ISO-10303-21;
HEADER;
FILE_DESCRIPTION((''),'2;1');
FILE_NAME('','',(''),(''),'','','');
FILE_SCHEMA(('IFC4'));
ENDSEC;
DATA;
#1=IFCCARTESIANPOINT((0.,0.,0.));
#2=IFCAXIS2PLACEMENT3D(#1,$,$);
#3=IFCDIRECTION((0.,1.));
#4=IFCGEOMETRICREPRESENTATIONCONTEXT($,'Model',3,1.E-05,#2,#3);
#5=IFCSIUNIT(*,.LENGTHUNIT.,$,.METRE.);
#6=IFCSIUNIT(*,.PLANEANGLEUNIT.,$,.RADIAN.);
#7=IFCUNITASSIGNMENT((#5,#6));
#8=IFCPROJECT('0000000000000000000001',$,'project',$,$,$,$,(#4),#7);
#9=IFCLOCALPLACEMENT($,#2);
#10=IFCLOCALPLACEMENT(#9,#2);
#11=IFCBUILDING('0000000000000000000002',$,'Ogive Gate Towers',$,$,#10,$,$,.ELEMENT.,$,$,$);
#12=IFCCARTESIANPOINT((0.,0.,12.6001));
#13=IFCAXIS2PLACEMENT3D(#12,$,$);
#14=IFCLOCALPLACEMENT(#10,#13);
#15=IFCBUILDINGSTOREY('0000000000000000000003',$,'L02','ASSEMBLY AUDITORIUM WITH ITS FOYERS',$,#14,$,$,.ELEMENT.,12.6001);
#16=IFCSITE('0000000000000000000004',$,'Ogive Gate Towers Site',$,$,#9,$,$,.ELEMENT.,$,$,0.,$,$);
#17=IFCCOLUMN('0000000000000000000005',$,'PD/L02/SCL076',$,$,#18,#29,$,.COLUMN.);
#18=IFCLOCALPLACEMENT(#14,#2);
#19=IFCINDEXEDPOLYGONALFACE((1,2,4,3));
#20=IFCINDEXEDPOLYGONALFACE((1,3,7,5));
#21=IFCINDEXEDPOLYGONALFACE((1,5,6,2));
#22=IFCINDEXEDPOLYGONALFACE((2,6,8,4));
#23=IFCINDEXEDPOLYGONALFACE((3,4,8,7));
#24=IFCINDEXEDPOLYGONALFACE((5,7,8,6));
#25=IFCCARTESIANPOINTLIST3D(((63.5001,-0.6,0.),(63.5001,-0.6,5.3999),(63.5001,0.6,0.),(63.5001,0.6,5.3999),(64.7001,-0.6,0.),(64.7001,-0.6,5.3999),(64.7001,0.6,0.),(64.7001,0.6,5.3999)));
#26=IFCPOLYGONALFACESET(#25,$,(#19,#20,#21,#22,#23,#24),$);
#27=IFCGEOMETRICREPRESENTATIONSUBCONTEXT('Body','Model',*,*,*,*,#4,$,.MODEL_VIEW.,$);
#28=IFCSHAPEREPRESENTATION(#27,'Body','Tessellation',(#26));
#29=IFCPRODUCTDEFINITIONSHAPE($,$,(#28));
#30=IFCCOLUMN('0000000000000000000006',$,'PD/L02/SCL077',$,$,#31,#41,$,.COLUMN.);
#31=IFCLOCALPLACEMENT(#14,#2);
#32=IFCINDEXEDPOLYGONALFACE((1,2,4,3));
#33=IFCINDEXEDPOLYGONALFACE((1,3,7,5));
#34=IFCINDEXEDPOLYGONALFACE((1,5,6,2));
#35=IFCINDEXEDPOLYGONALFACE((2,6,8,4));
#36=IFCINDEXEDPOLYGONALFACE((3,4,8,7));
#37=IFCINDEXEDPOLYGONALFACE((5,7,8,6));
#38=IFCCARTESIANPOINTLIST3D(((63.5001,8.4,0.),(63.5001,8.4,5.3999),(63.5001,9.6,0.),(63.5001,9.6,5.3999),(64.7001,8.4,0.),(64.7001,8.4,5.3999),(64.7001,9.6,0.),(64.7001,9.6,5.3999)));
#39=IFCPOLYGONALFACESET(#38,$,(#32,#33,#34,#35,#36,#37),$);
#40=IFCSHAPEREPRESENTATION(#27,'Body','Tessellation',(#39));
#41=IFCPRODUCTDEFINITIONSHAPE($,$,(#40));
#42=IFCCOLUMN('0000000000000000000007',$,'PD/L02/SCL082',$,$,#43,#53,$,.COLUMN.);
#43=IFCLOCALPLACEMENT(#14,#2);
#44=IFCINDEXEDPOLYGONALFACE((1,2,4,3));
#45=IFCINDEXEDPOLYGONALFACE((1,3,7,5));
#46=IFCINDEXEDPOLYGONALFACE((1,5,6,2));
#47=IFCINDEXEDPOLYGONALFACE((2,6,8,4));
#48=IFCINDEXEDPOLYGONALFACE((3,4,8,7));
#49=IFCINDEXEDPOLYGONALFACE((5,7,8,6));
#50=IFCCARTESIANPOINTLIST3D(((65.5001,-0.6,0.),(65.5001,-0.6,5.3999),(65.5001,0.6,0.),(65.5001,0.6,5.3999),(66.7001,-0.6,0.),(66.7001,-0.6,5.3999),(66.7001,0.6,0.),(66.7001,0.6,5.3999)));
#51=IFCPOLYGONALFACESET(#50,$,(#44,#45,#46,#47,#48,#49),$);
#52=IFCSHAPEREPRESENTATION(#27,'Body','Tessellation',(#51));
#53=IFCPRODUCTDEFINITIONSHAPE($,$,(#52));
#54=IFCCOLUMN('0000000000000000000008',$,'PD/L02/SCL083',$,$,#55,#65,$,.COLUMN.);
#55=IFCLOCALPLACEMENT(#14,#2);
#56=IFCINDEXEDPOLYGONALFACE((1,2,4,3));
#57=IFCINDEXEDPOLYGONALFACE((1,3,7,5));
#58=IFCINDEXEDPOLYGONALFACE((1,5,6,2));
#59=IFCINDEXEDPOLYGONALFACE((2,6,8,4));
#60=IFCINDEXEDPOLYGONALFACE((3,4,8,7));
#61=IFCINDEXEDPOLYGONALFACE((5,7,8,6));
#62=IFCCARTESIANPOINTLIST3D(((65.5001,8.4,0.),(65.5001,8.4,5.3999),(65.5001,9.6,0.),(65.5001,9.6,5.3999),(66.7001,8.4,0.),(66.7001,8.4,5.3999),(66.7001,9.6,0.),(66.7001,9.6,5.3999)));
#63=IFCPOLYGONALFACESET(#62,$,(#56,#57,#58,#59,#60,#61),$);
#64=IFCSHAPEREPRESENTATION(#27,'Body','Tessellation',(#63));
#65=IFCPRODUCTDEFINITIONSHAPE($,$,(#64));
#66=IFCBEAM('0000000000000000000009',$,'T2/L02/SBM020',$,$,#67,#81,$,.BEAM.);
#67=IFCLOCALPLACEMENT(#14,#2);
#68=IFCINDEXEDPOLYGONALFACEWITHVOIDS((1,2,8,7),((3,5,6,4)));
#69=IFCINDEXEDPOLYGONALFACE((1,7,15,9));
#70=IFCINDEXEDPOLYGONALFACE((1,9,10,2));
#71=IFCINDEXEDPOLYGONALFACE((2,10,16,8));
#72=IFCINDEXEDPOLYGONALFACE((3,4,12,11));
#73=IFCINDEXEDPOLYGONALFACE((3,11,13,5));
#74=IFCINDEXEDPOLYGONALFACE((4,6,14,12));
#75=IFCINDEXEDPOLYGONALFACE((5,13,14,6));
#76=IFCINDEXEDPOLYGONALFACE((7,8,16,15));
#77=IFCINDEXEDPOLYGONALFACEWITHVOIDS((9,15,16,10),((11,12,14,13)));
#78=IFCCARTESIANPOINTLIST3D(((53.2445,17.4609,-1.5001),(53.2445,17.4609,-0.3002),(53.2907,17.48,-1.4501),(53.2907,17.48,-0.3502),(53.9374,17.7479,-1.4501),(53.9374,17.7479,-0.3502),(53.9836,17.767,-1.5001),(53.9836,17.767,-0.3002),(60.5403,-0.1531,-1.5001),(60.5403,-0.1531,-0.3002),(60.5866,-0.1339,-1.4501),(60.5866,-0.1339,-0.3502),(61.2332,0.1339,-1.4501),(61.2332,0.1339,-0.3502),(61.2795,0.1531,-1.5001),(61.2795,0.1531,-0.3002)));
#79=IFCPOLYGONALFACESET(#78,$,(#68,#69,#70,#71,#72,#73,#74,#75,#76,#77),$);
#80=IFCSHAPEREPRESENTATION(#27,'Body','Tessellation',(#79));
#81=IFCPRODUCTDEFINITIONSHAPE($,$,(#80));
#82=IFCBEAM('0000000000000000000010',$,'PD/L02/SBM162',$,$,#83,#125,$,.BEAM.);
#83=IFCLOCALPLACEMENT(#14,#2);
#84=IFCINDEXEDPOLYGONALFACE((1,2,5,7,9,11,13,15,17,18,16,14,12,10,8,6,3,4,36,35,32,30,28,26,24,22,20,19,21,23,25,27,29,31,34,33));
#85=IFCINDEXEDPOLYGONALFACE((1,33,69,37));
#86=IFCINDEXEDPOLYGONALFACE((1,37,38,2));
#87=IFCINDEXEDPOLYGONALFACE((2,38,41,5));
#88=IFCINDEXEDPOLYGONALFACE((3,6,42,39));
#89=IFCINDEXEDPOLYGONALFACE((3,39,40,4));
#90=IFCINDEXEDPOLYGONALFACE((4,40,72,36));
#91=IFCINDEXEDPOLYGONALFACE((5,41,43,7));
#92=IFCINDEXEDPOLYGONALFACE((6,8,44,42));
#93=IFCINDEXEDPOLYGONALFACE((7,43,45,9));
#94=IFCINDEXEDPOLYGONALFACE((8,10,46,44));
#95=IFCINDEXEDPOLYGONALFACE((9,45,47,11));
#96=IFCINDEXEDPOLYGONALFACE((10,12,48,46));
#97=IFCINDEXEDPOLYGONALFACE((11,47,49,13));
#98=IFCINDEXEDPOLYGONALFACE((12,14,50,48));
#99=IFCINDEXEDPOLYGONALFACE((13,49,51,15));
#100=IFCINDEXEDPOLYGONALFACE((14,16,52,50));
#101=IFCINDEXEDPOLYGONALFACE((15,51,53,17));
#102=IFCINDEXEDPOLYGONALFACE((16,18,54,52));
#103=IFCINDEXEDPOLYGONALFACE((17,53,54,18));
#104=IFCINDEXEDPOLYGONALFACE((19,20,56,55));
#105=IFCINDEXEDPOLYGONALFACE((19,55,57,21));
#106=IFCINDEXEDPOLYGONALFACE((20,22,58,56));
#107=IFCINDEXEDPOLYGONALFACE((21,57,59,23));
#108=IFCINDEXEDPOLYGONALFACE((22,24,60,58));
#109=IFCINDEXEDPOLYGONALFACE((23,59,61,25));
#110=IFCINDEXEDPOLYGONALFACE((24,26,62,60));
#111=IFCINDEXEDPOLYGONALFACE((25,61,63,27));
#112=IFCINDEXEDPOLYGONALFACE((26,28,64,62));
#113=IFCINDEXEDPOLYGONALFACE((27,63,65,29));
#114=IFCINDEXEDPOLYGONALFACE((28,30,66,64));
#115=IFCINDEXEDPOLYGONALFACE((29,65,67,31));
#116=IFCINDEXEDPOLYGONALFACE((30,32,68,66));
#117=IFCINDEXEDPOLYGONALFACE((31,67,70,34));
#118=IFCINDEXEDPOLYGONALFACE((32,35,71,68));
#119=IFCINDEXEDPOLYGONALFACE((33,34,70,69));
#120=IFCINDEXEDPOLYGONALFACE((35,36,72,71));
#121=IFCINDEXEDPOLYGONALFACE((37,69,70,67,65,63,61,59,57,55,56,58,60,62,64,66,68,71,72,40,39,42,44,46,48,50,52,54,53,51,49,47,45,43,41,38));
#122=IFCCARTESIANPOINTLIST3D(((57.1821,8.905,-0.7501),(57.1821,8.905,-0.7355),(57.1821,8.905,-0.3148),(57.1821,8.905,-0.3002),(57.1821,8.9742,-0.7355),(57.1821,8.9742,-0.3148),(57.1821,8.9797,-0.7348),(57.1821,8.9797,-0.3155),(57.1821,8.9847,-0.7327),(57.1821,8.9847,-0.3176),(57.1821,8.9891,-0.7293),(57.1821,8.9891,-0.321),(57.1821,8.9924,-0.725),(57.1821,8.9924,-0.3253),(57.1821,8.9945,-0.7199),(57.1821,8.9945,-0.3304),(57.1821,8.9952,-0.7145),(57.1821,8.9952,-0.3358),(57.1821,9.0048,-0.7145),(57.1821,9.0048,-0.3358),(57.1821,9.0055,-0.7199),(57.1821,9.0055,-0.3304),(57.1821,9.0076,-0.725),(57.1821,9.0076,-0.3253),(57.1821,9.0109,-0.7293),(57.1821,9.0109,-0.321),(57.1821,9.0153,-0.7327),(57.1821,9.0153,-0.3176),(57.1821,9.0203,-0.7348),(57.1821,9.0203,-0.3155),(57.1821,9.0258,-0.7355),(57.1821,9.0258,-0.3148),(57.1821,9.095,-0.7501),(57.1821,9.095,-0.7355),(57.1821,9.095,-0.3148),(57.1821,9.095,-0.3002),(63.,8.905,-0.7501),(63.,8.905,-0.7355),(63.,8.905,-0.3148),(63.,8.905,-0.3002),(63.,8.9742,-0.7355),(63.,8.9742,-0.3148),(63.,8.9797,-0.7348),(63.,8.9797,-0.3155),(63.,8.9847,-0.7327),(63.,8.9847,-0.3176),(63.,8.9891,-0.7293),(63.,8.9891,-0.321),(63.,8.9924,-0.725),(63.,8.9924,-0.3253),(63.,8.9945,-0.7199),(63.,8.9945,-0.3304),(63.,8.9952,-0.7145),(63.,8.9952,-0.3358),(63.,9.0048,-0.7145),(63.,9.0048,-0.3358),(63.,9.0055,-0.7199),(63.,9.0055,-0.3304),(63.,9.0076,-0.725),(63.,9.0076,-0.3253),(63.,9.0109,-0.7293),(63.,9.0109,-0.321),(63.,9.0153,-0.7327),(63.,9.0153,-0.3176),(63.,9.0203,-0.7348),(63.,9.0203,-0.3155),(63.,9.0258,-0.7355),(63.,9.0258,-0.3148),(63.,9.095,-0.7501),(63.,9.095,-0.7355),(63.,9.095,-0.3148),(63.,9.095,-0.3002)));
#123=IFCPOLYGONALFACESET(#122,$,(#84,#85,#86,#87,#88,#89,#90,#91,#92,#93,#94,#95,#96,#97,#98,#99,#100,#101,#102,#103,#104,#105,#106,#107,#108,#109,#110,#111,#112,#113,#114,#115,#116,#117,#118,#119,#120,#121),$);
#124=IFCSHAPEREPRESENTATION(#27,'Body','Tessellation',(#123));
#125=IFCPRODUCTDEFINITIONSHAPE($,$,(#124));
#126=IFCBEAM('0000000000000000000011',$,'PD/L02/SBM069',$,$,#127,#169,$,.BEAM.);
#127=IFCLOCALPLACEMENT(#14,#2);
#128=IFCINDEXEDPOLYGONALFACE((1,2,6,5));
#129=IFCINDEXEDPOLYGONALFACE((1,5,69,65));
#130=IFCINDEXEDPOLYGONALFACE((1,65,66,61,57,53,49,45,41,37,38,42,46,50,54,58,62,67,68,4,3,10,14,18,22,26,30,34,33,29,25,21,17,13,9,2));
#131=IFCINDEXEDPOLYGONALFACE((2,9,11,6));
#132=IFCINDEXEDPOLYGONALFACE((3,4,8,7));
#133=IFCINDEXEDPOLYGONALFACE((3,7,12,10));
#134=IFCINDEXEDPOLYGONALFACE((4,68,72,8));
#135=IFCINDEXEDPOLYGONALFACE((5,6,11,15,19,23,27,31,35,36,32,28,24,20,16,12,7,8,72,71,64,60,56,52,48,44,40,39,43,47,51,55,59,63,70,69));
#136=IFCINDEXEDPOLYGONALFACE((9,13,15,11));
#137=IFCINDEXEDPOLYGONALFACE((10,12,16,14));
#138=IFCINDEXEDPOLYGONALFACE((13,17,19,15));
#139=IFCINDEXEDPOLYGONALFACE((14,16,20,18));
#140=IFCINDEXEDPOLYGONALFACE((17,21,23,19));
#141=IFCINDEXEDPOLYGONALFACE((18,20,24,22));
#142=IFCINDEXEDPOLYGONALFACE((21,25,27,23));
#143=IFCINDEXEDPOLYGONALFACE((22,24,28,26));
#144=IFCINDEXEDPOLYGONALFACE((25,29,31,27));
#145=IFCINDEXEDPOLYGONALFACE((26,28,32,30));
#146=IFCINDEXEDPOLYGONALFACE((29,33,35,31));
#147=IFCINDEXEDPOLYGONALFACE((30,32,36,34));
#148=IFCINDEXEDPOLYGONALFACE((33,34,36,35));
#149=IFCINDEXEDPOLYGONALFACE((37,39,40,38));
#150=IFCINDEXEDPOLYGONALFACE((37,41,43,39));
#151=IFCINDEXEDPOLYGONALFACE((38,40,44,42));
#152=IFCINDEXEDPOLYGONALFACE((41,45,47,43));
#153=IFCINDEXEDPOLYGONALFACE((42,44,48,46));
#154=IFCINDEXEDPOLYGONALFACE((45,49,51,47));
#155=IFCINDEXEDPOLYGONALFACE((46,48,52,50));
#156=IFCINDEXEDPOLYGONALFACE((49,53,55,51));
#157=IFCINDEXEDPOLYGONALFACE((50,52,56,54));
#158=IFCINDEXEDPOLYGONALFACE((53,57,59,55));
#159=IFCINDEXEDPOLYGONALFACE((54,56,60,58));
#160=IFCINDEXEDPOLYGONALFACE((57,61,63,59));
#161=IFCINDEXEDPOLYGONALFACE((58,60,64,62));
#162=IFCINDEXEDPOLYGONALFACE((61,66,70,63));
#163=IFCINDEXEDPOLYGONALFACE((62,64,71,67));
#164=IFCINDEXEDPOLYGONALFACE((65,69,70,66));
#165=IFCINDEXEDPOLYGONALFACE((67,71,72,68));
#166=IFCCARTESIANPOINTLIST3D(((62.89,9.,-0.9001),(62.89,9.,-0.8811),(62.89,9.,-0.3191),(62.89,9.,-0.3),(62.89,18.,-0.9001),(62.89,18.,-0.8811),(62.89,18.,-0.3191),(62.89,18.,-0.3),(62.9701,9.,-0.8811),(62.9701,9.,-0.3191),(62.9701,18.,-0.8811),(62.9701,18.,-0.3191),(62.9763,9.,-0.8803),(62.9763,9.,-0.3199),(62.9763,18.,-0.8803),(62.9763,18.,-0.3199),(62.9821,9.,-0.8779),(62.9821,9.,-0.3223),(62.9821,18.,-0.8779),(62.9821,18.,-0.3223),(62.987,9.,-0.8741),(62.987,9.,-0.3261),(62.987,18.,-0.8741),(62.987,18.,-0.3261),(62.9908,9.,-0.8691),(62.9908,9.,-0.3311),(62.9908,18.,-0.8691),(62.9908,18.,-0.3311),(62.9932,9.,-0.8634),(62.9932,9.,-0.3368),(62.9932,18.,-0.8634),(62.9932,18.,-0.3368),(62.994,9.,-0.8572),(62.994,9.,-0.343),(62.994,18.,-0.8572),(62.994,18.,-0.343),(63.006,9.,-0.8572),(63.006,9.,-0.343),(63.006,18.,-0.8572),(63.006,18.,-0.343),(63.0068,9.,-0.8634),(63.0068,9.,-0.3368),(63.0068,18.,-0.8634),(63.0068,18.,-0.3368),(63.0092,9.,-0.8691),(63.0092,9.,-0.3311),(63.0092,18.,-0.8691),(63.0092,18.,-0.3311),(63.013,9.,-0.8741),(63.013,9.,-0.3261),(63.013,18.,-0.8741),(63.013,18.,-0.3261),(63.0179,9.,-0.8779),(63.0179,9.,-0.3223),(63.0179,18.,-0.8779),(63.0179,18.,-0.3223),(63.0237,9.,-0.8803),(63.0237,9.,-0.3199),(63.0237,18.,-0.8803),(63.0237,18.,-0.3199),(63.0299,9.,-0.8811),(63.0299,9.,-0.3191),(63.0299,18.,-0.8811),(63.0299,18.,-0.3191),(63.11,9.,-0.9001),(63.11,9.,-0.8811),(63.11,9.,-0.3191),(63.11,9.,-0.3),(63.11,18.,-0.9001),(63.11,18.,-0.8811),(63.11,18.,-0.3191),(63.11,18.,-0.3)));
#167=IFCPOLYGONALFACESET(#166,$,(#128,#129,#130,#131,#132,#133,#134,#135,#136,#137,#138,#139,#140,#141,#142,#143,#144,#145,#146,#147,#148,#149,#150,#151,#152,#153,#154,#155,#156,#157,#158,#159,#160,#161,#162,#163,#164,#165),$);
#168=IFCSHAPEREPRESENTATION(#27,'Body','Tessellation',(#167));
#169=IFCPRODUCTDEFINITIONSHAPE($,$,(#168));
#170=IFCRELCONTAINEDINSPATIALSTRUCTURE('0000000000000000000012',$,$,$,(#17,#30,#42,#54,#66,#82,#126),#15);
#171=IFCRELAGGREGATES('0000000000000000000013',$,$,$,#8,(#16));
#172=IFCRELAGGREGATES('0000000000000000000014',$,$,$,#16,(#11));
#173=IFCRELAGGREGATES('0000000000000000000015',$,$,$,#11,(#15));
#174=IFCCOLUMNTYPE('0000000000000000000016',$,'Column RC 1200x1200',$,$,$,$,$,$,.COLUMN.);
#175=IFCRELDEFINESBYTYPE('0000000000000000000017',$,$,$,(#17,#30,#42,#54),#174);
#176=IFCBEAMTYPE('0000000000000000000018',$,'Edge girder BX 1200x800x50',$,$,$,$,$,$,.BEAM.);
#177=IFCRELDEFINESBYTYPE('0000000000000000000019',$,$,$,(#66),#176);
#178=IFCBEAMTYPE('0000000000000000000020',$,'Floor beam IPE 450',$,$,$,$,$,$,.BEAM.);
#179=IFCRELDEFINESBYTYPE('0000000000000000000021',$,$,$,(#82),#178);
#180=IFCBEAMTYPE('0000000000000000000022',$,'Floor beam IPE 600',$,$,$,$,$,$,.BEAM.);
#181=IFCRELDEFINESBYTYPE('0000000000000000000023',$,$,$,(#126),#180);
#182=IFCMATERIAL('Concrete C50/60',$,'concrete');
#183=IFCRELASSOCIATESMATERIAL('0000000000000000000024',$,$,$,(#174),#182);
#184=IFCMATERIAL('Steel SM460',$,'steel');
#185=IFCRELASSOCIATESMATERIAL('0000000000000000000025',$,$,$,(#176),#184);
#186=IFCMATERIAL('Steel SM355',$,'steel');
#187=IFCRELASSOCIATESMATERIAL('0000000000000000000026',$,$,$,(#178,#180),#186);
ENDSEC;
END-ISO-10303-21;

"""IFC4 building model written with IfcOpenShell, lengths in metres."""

from ifc_helpers import new_model, si_unit, direction, frame, origin, origin_2d, place, context, subcontext, project, spatial, rectangle, hollow_rectangle, i_section, extrude, material, material_profile, profile_set, type_object, element, save


model = new_model("IFC4")

# Units and contexts
model_context = context("Model", 3, precision=1e-05, world=origin(), true_north=direction((0.0, 1.0)))
body_context = subcontext(model_context, "Body", "Model", "MODEL_VIEW")
ifc_project = project(units=[si_unit("LENGTHUNIT", "METRE"), si_unit("PLANEANGLEUNIT", "RADIAN")], contexts=[model_context])

# Site, building, storey
site_placement = place(None, origin())
site = spatial("IfcSite", under=ifc_project, at=site_placement, Name="Ogive Gate Towers Site", CompositionType="ELEMENT", RefElevation=0.0)
building_placement = place(site_placement, origin())
building = spatial("IfcBuilding", under=site, at=building_placement, Name="Ogive Gate Towers", CompositionType="ELEMENT")
storey_placement = place(building_placement, frame((0.0, 0.0, 12.6001)))
storey = spatial("IfcBuildingStorey", under=building, at=storey_placement, Name="L02", Description="ASSEMBLY AUDITORIUM WITH ITS FOYERS", CompositionType="ELEMENT", Elevation=12.6001)

# Columns
ifc_material_1 = material(Name="Concrete C50/60", Category="concrete")
ifc_material_profile_1 = material_profile(ifc_material_1, rectangle(XDim=1.2, YDim=1.2, at=origin_2d()), Name="RC 1200x1200")
ifc_profile_set_1 = profile_set([ifc_material_profile_1], Name="Concrete C50/60")
column_type = type_object("IfcColumnType", Name="Column RC 1200x1200", PredefinedType="COLUMN", material=ifc_profile_set_1)
for number, where, z_axis, x_axis, name in (
    (1, (64.1001, 0.0, 0.0), (0.0, 0.0, 1.0), (1.0, 0.0, 0.0), "PD/L02/SCL076"),
    (2, (64.1001, 9.0, 0.0), (0.0, 0.0, 1.0), (1.0, 0.0, 0.0), "PD/L02/SCL077"),
    (3, (66.1001, 0.0, 0.0), (0.0, 0.0, 1.0), (1.0, 0.0, 0.0), "PD/L02/SCL082"),
    (4, (66.1001, 9.0, 0.0), (0.0, 0.0, 1.0), (1.0, 0.0, 0.0), "PD/L02/SCL083"),
):
    element("IfcColumn", number, at=place(storey_placement, frame(where, z_axis=z_axis, x_axis=x_axis)), inside=storey, type_object=column_type, Name=name, PredefinedType="COLUMN", context=body_context, shape_type="SweptSolid", body=[
        extrude(rectangle(XDim=1.2, YDim=1.2, at=origin_2d()), origin(), (0.0, 0.0, 1.0), 5.3999),
    ])

# Beams
ifc_material_2 = material(Name="Steel SM460", Category="steel")
ifc_material_profile_2 = material_profile(ifc_material_2, hollow_rectangle(XDim=0.8, YDim=1.2, WallThickness=0.05, at=origin_2d()), Name="BX 1200x800x50")
ifc_profile_set_2 = profile_set([ifc_material_profile_2], Name="Steel SM460")
beam_type_1 = type_object("IfcBeamType", Name="Edge girder BX 1200x800x50", PredefinedType="BEAM", material=ifc_profile_set_2)
beam_1_placement = place(storey_placement, frame((60.9099, 0.0, -0.9001), z_axis=(-0.382681, 0.923881, 0.0), x_axis=(-0.923881, -0.382681, 0.0)))
element("IfcBeam", 5, at=beam_1_placement, inside=storey, type_object=beam_type_1, Name="T2/L02/SBM020", PredefinedType="BEAM", context=body_context, shape_type="SweptSolid", body=[
    extrude(hollow_rectangle(XDim=0.8, YDim=1.2, WallThickness=0.05, at=origin_2d()), origin(), (0.0, 0.0, 1.0), 19.0652),
])
ifc_material_3 = material(Name="Steel SM355", Category="steel")
ifc_material_profile_3 = material_profile(ifc_material_3, i_section(OverallWidth=0.1899, OverallDepth=0.45, WebThickness=0.0095, FlangeThickness=0.0146, FilletRadius=0.021, at=origin_2d()), Name="IPE 450")
ifc_profile_set_3 = profile_set([ifc_material_profile_3], Name="Steel SM355")
beam_type_2 = type_object("IfcBeamType", Name="Floor beam IPE 450", PredefinedType="BEAM", material=ifc_profile_set_3)
beam_2_placement = place(storey_placement, frame((63.0, 9.0, -0.5251), z_axis=(-1.0, 0.0, 0.0), x_axis=(0.0, -1.0, 0.0)))
element("IfcBeam", 6, at=beam_2_placement, inside=storey, type_object=beam_type_2, Name="PD/L02/SBM162", PredefinedType="BEAM", context=body_context, shape_type="SweptSolid", body=[
    extrude(i_section(OverallWidth=0.1899, OverallDepth=0.45, WebThickness=0.0095, FlangeThickness=0.0146, FilletRadius=0.021, at=origin_2d()), origin(), (0.0, 0.0, 1.0), 5.8179),
])
ifc_material_profile_4 = material_profile(ifc_material_3, i_section(OverallWidth=0.22, OverallDepth=0.6001, WebThickness=0.012, FlangeThickness=0.019, FilletRadius=0.0239, at=origin_2d()), Name="IPE 600")
ifc_profile_set_4 = profile_set([ifc_material_profile_4], Name="Steel SM355")
beam_type_3 = type_object("IfcBeamType", Name="Floor beam IPE 600", PredefinedType="BEAM", material=ifc_profile_set_4)
for number, where, z_axis, x_axis, name in (
    (7, (63.0, 9.0, -0.6001), (0.0, 1.0, 0.0), (-1.0, 0.0, 0.0), "PD/L02/SBM069"),
):
    element("IfcBeam", number, at=place(storey_placement, frame(where, z_axis=z_axis, x_axis=x_axis)), inside=storey, type_object=beam_type_3, Name=name, PredefinedType="BEAM", context=body_context, shape_type="SweptSolid", body=[
        extrude(i_section(OverallWidth=0.22, OverallDepth=0.6001, WebThickness=0.012, FlangeThickness=0.019, FilletRadius=0.0239, at=origin_2d()), origin(), (0.0, 0.0, 1.0), 9.0),
    ])

save(model, "model.ifc")
